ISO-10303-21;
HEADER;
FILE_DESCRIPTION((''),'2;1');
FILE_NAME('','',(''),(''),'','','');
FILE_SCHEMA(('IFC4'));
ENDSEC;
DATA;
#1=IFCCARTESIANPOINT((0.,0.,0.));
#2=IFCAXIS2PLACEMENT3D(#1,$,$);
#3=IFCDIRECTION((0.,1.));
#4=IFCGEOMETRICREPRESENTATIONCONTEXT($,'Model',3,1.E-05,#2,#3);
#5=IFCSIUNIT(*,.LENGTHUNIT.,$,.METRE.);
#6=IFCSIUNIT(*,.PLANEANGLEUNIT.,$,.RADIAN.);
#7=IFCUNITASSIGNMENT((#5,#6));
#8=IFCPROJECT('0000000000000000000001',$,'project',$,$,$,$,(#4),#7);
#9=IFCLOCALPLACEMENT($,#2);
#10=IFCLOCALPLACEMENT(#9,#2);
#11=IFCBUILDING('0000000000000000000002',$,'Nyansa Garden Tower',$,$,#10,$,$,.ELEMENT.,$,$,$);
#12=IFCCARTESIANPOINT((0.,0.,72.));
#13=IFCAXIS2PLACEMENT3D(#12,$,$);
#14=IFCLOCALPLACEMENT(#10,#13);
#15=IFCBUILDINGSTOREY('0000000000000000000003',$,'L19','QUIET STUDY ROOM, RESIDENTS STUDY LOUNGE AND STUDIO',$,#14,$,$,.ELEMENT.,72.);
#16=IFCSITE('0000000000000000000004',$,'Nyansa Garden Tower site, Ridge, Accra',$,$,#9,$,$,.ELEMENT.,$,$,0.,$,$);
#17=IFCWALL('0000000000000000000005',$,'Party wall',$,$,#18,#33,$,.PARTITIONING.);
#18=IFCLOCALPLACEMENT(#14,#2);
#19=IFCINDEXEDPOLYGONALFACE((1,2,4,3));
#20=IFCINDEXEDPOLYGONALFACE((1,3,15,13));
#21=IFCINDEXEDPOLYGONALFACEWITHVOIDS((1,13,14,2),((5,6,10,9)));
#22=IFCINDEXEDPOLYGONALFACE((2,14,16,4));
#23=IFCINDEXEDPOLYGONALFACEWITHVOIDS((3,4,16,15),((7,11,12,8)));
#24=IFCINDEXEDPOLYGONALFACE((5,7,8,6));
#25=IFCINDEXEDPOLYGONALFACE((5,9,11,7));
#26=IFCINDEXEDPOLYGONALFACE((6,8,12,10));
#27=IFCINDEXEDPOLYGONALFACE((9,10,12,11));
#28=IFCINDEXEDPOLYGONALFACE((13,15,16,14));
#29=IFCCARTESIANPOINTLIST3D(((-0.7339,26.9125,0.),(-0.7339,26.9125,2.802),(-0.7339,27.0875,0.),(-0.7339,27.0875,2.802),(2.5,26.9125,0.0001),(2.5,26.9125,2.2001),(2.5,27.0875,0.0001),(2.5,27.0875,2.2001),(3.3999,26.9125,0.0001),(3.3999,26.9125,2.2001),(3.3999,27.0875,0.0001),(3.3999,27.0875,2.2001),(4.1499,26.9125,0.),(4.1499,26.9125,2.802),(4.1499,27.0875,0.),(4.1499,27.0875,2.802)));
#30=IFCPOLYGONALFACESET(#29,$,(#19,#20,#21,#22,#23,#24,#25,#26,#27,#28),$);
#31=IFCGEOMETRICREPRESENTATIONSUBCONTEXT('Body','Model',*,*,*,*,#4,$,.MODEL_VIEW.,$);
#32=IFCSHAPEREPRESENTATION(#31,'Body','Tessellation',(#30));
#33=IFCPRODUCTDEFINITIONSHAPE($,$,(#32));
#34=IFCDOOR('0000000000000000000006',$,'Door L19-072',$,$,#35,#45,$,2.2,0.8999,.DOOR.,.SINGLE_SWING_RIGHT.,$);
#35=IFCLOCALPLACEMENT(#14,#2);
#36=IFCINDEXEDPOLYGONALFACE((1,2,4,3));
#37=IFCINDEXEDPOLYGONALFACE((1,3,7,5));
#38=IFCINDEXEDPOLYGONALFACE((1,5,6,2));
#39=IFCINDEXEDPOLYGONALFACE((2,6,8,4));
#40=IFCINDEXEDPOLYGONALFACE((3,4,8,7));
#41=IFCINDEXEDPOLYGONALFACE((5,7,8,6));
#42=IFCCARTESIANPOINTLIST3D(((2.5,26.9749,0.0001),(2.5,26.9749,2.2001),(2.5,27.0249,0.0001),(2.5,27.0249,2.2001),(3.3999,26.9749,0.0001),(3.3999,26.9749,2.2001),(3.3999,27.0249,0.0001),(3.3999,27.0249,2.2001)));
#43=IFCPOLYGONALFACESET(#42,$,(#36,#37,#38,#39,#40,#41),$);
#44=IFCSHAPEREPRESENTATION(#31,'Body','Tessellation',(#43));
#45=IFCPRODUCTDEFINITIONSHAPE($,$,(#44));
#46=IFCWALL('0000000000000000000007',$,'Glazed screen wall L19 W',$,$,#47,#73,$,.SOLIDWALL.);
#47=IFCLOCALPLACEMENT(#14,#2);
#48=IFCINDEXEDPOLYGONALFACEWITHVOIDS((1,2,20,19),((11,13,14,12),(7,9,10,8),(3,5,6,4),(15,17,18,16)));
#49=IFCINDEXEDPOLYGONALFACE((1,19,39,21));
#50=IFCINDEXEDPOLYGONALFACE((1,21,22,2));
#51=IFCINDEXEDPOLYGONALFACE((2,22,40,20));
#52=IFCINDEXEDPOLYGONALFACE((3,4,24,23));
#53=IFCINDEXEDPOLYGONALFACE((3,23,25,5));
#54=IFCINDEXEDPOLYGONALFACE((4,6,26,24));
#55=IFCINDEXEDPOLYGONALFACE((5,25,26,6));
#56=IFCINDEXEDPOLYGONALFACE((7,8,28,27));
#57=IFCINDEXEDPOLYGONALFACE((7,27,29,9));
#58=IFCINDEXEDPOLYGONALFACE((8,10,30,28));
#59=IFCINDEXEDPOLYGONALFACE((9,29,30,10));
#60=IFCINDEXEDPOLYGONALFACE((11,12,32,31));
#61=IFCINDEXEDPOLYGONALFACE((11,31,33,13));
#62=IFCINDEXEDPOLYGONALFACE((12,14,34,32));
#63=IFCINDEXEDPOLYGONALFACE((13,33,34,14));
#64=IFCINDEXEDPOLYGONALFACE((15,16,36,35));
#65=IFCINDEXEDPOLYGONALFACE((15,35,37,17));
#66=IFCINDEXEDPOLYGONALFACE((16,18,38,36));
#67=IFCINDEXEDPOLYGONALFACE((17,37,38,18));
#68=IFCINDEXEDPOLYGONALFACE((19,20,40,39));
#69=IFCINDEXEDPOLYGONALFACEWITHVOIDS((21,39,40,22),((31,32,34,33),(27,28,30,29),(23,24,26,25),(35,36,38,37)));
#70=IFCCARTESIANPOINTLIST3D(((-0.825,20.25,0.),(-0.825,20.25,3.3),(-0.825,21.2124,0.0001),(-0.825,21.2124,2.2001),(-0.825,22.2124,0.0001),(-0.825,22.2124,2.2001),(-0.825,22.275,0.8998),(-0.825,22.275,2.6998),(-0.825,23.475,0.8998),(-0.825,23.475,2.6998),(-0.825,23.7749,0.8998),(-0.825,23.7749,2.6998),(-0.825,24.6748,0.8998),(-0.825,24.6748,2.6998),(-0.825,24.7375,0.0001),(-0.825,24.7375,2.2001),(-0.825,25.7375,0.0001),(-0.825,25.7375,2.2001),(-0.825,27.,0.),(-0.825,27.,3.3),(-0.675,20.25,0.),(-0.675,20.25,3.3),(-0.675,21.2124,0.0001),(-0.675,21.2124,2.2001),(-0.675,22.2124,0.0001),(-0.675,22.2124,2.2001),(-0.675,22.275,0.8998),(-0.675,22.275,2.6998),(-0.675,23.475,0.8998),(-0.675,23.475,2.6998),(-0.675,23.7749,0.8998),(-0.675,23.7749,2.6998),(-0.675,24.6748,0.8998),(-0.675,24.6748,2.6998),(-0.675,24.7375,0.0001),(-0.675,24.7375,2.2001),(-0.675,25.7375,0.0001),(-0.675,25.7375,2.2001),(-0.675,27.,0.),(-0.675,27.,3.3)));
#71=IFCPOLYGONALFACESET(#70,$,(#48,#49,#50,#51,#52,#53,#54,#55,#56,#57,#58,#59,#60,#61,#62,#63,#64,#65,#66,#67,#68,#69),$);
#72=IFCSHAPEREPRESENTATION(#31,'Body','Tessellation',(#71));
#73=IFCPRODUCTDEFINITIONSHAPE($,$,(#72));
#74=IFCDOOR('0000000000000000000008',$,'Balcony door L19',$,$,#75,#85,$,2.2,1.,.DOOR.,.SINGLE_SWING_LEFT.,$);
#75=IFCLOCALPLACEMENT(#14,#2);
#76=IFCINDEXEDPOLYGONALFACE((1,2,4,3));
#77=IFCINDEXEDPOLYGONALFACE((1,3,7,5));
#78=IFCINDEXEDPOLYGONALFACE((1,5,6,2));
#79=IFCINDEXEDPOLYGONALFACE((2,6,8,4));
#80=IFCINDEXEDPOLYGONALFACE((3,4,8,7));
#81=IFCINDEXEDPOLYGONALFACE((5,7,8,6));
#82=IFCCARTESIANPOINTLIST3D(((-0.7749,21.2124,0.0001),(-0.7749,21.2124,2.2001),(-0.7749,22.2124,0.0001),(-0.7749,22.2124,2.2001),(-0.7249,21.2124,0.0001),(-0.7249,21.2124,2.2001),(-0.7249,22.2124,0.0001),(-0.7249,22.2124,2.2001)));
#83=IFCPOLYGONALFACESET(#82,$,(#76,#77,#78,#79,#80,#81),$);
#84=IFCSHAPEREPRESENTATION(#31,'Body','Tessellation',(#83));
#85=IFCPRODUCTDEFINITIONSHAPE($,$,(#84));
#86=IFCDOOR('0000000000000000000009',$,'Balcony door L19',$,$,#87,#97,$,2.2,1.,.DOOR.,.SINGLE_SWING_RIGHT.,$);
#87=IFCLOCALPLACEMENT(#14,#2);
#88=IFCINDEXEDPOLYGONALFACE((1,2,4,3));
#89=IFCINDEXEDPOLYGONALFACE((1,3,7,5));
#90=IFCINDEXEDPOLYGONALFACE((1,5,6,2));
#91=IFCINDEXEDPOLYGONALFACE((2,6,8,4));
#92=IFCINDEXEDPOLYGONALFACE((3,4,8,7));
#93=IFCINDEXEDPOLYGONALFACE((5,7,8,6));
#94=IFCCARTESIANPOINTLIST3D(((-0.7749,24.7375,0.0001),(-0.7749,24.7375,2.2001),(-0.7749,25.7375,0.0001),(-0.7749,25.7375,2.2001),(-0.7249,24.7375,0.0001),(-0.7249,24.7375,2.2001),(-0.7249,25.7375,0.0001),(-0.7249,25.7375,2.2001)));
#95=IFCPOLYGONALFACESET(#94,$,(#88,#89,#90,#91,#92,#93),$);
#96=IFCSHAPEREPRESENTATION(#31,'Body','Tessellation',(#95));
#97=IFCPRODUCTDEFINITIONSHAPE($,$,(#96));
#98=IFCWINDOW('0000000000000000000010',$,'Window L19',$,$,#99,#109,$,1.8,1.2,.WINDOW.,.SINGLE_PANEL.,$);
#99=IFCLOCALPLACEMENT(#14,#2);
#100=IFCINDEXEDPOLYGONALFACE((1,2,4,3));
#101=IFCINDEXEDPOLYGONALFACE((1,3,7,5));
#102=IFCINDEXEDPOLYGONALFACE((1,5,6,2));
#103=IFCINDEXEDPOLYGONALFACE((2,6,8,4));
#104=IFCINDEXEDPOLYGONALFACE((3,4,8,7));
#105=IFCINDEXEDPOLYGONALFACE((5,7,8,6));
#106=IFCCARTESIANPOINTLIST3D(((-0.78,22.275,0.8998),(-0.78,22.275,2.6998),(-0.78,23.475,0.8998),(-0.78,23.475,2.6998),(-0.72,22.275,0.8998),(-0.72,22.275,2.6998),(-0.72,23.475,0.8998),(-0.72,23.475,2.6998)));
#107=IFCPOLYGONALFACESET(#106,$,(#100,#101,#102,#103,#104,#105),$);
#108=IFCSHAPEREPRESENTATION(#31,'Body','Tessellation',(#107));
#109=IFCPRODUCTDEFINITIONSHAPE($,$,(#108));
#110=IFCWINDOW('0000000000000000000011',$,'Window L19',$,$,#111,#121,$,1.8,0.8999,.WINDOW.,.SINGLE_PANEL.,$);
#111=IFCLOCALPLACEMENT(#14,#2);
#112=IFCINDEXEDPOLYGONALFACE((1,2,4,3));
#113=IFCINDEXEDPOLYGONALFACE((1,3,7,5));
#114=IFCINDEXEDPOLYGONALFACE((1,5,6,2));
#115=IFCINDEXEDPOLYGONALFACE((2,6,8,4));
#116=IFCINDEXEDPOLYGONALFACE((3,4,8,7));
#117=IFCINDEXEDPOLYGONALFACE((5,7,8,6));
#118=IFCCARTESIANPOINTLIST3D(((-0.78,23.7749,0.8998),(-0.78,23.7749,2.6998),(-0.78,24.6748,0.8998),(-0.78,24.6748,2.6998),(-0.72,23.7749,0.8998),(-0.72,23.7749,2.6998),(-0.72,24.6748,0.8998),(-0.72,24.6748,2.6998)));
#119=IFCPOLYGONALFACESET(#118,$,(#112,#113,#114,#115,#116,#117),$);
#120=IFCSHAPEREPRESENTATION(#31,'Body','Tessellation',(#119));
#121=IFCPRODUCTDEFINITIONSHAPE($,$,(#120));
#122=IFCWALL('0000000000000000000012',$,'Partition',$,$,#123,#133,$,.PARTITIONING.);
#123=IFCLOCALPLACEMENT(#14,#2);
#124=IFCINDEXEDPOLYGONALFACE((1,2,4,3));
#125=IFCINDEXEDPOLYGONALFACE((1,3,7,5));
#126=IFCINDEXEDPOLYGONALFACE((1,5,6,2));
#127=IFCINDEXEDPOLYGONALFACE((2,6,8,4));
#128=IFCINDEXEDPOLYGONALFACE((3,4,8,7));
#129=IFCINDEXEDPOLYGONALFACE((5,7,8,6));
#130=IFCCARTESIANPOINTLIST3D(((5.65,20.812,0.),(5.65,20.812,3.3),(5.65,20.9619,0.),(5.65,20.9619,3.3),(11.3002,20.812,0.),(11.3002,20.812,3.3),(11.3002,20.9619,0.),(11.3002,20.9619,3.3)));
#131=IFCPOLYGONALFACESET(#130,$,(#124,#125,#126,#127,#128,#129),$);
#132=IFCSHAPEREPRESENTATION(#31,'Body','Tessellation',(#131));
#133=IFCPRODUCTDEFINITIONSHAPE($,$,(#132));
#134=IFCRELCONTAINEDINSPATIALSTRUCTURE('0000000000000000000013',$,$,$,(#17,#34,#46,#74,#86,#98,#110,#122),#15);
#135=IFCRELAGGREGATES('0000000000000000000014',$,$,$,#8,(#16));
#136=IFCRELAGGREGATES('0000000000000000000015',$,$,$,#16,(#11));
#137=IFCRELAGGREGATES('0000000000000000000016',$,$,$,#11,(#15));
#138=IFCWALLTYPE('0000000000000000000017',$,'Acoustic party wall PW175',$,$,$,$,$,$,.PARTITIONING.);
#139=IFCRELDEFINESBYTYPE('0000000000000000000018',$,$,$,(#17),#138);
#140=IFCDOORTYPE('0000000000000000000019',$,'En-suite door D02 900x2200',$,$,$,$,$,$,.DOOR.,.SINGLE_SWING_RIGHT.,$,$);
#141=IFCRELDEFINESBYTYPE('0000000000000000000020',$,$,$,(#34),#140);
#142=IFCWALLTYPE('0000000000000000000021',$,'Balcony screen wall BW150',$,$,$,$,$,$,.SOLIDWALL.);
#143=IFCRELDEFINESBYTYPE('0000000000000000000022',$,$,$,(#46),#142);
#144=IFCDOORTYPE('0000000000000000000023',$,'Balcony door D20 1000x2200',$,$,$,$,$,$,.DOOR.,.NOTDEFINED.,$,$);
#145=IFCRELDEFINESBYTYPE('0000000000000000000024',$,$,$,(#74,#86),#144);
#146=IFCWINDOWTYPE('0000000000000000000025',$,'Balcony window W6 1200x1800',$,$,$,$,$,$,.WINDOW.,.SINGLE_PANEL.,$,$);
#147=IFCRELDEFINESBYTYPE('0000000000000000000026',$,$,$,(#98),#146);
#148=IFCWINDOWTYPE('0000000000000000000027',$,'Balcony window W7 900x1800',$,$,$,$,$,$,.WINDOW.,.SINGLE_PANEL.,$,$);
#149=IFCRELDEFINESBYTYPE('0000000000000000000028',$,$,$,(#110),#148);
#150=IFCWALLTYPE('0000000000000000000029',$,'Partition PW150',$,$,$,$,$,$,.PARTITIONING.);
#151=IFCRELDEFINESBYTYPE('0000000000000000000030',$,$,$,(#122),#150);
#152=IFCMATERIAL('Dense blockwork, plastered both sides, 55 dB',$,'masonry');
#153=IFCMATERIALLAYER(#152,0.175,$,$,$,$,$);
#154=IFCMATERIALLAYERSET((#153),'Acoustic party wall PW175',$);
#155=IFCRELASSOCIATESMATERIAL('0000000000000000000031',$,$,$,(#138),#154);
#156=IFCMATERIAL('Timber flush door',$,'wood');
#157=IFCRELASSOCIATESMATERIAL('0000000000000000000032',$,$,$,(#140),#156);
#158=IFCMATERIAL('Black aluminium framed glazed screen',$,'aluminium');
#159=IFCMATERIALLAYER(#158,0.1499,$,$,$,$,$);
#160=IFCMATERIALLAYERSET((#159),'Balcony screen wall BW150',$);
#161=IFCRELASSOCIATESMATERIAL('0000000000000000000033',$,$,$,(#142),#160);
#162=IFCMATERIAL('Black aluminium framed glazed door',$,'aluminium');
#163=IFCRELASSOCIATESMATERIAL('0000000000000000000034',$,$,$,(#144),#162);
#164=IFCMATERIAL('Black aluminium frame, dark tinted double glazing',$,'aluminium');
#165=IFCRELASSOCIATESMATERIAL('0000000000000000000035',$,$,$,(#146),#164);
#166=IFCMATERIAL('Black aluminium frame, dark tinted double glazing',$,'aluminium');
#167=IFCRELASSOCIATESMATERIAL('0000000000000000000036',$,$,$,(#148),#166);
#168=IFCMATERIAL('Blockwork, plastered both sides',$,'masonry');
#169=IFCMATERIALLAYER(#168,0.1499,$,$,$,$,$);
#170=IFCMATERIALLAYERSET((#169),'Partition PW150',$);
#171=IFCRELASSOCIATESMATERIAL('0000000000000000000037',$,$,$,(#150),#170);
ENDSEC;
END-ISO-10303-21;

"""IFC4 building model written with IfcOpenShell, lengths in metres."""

from ifc_helpers import new_model, si_unit, direction, frame, frame_2d, origin, place, context, subcontext, project, spatial, rectangle, extrude, material, layer, layer_set, type_object, element, fill, save


model = new_model("IFC4")

# Units and contexts
model_context = context("Model", 3, precision=1e-05, world=origin(), true_north=direction((0.0, 1.0)))
body_context = subcontext(model_context, "Body", "Model", "MODEL_VIEW")
ifc_project = project(units=[si_unit("LENGTHUNIT", "METRE"), si_unit("PLANEANGLEUNIT", "RADIAN")], contexts=[model_context])

# Site, building, storey
site_placement = place(None, origin())
site = spatial("IfcSite", under=ifc_project, at=site_placement, Name="Nyansa Garden Tower site, Ridge, Accra", CompositionType="ELEMENT", RefElevation=0.0)
building_placement = place(site_placement, origin())
building = spatial("IfcBuilding", under=site, at=building_placement, Name="Nyansa Garden Tower", CompositionType="ELEMENT")
storey_placement = place(building_placement, frame((0.0, 0.0, 72.0)))
storey = spatial("IfcBuildingStorey", under=building, at=storey_placement, Name="L19", Description="QUIET STUDY ROOM, RESIDENTS STUDY LOUNGE AND STUDIO", CompositionType="ELEMENT", Elevation=72.0)

# Wall, opening, door
ifc_material_1 = material(Name="Dense blockwork, plastered both sides, 55 dB", Category="masonry")
ifc_layer_1 = layer(ifc_material_1, 0.175)
ifc_layer_set_1 = layer_set([ifc_layer_1], Name="Acoustic party wall PW175")
wall_type_1 = type_object("IfcWallType", Name="Acoustic party wall PW175", PredefinedType="PARTITIONING", material=ifc_layer_set_1)
ifc_material_2 = material(Name="Timber flush door", Category="wood")
door_type_1 = type_object("IfcDoorType", Name="En-suite door D02 900x2200", OperationType="SINGLE_SWING_RIGHT", PredefinedType="DOOR", material=ifc_material_2)
wall_1_placement = place(storey_placement, frame((-0.7339, 27.0, 0.0), z_axis=(0.0, 0.0, 1.0), x_axis=(1.0, 0.0, 0.0)))
wall_1 = element("IfcWall", 1, at=wall_1_placement, inside=storey, type_object=wall_type_1, Name="Party wall", PredefinedType="PARTITIONING", context=body_context, shape_type="SweptSolid", body=[
    extrude(rectangle(XDim=4.8838, YDim=0.175, at=frame_2d((2.4419, 0.0))), origin(), (0.0, 0.0, 1.0), 2.802),
])
opening_1_placement = place(wall_1_placement, frame((3.2339, 0.0, 0.0)))
opening_1 = element("IfcOpeningElement", 2, at=opening_1_placement, cuts=wall_1, PredefinedType="OPENING", context=body_context, shape_type="SweptSolid", body=[
    extrude(rectangle(XDim=0.8999, YDim=2.2, at=frame_2d((0.45, 1.1001))), frame((0.0, 0.0974, 0.0), z_axis=(0.0, -1.0, 0.0), x_axis=(1.0, 0.0, 0.0)), (0.0, 0.0, 1.0), 0.1951),
])
door_1_placement = place(opening_1_placement, origin())
door_1 = element("IfcDoor", 3, at=door_1_placement, inside=storey, type_object=door_type_1, Name="Door L19-072", OperationType="SINGLE_SWING_RIGHT", OverallHeight=2.2, OverallWidth=0.8999, PredefinedType="DOOR", context=body_context, shape_type="SweptSolid", body=[
    extrude(rectangle(XDim=0.8999, YDim=2.2, at=frame_2d((0.45, 1.1001))), frame((0.0, 0.0249, 0.0), z_axis=(0.0, -1.0, 0.0), x_axis=(1.0, 0.0, 0.0)), (0.0, 0.0, 1.0), 0.05),
])
fill(opening_1, door_1)

# Wall, openings, doors, windows
ifc_material_3 = material(Name="Black aluminium framed glazed screen", Category="aluminium")
ifc_layer_2 = layer(ifc_material_3, 0.1499)
ifc_layer_set_2 = layer_set([ifc_layer_2], Name="Balcony screen wall BW150")
wall_type_2 = type_object("IfcWallType", Name="Balcony screen wall BW150", PredefinedType="SOLIDWALL", material=ifc_layer_set_2)
wall_2_placement = place(storey_placement, frame((-0.75, 20.25, 0.0), z_axis=(0.0, 0.0, 1.0), x_axis=(0.0, 1.0, 0.0)))
wall_2 = element("IfcWall", 4, at=wall_2_placement, inside=storey, type_object=wall_type_2, Name="Glazed screen wall L19 W", PredefinedType="SOLIDWALL", context=body_context, shape_type="SweptSolid", body=[
    extrude(rectangle(XDim=6.75, YDim=0.1499, at=frame_2d((3.375, 0.0))), origin(), (0.0, 0.0, 1.0), 3.3),
])
opening_2_placement = place(wall_2_placement, frame((0.9624, 0.0, 0.0)))
opening_2 = element("IfcOpeningElement", 5, at=opening_2_placement, cuts=wall_2, PredefinedType="OPENING", context=body_context, shape_type="SweptSolid", body=[
    extrude(rectangle(XDim=1.0, YDim=2.2, at=frame_2d((0.5, 1.1001))), frame((0.0, 0.085, 0.0), z_axis=(0.0, -1.0, 0.0), x_axis=(1.0, 0.0, 0.0)), (0.0, 0.0, 1.0), 0.1699),
])
opening_3_placement = place(wall_2_placement, frame((2.0249, 0.0, 0.8999)))
opening_3 = element("IfcOpeningElement", 6, at=opening_3_placement, cuts=wall_2, PredefinedType="OPENING", context=body_context, shape_type="SweptSolid", body=[
    extrude(rectangle(XDim=1.2, YDim=1.8, at=frame_2d((0.6001, 0.8999))), frame((0.0, 0.085, 0.0), z_axis=(0.0, -1.0, 0.0), x_axis=(1.0, 0.0, 0.0)), (0.0, 0.0, 1.0), 0.1699),
])
opening_4_placement = place(wall_2_placement, frame((4.4875, 0.0, 0.0)))
opening_4 = element("IfcOpeningElement", 7, at=opening_4_placement, cuts=wall_2, PredefinedType="OPENING", context=body_context, shape_type="SweptSolid", body=[
    extrude(rectangle(XDim=1.0, YDim=2.2, at=frame_2d((0.5, 1.1001))), frame((0.0, 0.085, 0.0), z_axis=(0.0, -1.0, 0.0), x_axis=(1.0, 0.0, 0.0)), (0.0, 0.0, 1.0), 0.1699),
])
opening_5_placement = place(wall_2_placement, frame((3.5249, 0.0, 0.8999)))
opening_5 = element("IfcOpeningElement", 8, at=opening_5_placement, cuts=wall_2, PredefinedType="OPENING", context=body_context, shape_type="SweptSolid", body=[
    extrude(rectangle(XDim=0.8999, YDim=1.8, at=frame_2d((0.45, 0.8999))), frame((0.0, 0.085, 0.0), z_axis=(0.0, -1.0, 0.0), x_axis=(1.0, 0.0, 0.0)), (0.0, 0.0, 1.0), 0.1699),
])
ifc_material_4 = material(Name="Black aluminium framed glazed door", Category="aluminium")
door_type_2 = type_object("IfcDoorType", Name="Balcony door D20 1000x2200", OperationType="NOTDEFINED", PredefinedType="DOOR", material=ifc_material_4)
door_2_placement = place(opening_2_placement, origin())
door_2 = element("IfcDoor", 9, at=door_2_placement, inside=storey, type_object=door_type_2, Name="Balcony door L19", OperationType="SINGLE_SWING_LEFT", OverallHeight=2.2, OverallWidth=1.0, PredefinedType="DOOR", context=body_context, shape_type="SweptSolid", body=[
    extrude(rectangle(XDim=1.0, YDim=2.2, at=frame_2d((0.5, 1.1001))), frame((0.0, 0.0249, 0.0), z_axis=(0.0, -1.0, 0.0), x_axis=(1.0, 0.0, 0.0)), (0.0, 0.0, 1.0), 0.05),
])
fill(opening_2, door_2)
door_3_placement = place(opening_4_placement, origin())
door_3 = element("IfcDoor", 10, at=door_3_placement, inside=storey, type_object=door_type_2, Name="Balcony door L19", OperationType="SINGLE_SWING_RIGHT", OverallHeight=2.2, OverallWidth=1.0, PredefinedType="DOOR", context=body_context, shape_type="SweptSolid", body=[
    extrude(rectangle(XDim=1.0, YDim=2.2, at=frame_2d((0.5, 1.1001))), frame((0.0, 0.0249, 0.0), z_axis=(0.0, -1.0, 0.0), x_axis=(1.0, 0.0, 0.0)), (0.0, 0.0, 1.0), 0.05),
])
fill(opening_4, door_3)
ifc_material_5 = material(Name="Black aluminium frame, dark tinted double glazing", Category="aluminium")
window_type_1 = type_object("IfcWindowType", Name="Balcony window W6 1200x1800", PartitioningType="SINGLE_PANEL", PredefinedType="WINDOW", material=ifc_material_5)
window_1_placement = place(opening_3_placement, origin())
window_1 = element("IfcWindow", 11, at=window_1_placement, inside=storey, type_object=window_type_1, Name="Window L19", OverallHeight=1.8, OverallWidth=1.2, PartitioningType="SINGLE_PANEL", PredefinedType="WINDOW", context=body_context, shape_type="SweptSolid", body=[
    extrude(rectangle(XDim=1.2, YDim=1.8, at=frame_2d((0.6001, 0.8999))), frame((0.0, 0.03, 0.0), z_axis=(0.0, -1.0, 0.0), x_axis=(1.0, 0.0, 0.0)), (0.0, 0.0, 1.0), 0.0601),
])
fill(opening_3, window_1)
ifc_material_6 = material(Name="Black aluminium frame, dark tinted double glazing", Category="aluminium")
window_type_2 = type_object("IfcWindowType", Name="Balcony window W7 900x1800", PartitioningType="SINGLE_PANEL", PredefinedType="WINDOW", material=ifc_material_6)
window_2_placement = place(opening_5_placement, origin())
window_2 = element("IfcWindow", 12, at=window_2_placement, inside=storey, type_object=window_type_2, Name="Window L19", OverallHeight=1.8, OverallWidth=0.8999, PartitioningType="SINGLE_PANEL", PredefinedType="WINDOW", context=body_context, shape_type="SweptSolid", body=[
    extrude(rectangle(XDim=0.8999, YDim=1.8, at=frame_2d((0.45, 0.8999))), frame((0.0, 0.03, 0.0), z_axis=(0.0, -1.0, 0.0), x_axis=(1.0, 0.0, 0.0)), (0.0, 0.0, 1.0), 0.0601),
])
fill(opening_5, window_2)

# Wall
ifc_material_7 = material(Name="Blockwork, plastered both sides", Category="masonry")
ifc_layer_3 = layer(ifc_material_7, 0.1499)
ifc_layer_set_3 = layer_set([ifc_layer_3], Name="Partition PW150")
wall_type_3 = type_object("IfcWallType", Name="Partition PW150", PredefinedType="PARTITIONING", material=ifc_layer_set_3)
wall_3_placement = place(storey_placement, frame((5.6499, 20.887, 0.0), z_axis=(0.0, 0.0, 1.0), x_axis=(1.0, 0.0, 0.0)))
element("IfcWall", 13, at=wall_3_placement, inside=storey, type_object=wall_type_3, Name="Partition", PredefinedType="PARTITIONING", context=body_context, shape_type="SweptSolid", body=[
    extrude(rectangle(XDim=5.6501, YDim=0.1499, at=frame_2d((2.8252, 0.0))), origin(), (0.0, 0.0, 1.0), 3.3),
])

save(model, "model.ifc")
